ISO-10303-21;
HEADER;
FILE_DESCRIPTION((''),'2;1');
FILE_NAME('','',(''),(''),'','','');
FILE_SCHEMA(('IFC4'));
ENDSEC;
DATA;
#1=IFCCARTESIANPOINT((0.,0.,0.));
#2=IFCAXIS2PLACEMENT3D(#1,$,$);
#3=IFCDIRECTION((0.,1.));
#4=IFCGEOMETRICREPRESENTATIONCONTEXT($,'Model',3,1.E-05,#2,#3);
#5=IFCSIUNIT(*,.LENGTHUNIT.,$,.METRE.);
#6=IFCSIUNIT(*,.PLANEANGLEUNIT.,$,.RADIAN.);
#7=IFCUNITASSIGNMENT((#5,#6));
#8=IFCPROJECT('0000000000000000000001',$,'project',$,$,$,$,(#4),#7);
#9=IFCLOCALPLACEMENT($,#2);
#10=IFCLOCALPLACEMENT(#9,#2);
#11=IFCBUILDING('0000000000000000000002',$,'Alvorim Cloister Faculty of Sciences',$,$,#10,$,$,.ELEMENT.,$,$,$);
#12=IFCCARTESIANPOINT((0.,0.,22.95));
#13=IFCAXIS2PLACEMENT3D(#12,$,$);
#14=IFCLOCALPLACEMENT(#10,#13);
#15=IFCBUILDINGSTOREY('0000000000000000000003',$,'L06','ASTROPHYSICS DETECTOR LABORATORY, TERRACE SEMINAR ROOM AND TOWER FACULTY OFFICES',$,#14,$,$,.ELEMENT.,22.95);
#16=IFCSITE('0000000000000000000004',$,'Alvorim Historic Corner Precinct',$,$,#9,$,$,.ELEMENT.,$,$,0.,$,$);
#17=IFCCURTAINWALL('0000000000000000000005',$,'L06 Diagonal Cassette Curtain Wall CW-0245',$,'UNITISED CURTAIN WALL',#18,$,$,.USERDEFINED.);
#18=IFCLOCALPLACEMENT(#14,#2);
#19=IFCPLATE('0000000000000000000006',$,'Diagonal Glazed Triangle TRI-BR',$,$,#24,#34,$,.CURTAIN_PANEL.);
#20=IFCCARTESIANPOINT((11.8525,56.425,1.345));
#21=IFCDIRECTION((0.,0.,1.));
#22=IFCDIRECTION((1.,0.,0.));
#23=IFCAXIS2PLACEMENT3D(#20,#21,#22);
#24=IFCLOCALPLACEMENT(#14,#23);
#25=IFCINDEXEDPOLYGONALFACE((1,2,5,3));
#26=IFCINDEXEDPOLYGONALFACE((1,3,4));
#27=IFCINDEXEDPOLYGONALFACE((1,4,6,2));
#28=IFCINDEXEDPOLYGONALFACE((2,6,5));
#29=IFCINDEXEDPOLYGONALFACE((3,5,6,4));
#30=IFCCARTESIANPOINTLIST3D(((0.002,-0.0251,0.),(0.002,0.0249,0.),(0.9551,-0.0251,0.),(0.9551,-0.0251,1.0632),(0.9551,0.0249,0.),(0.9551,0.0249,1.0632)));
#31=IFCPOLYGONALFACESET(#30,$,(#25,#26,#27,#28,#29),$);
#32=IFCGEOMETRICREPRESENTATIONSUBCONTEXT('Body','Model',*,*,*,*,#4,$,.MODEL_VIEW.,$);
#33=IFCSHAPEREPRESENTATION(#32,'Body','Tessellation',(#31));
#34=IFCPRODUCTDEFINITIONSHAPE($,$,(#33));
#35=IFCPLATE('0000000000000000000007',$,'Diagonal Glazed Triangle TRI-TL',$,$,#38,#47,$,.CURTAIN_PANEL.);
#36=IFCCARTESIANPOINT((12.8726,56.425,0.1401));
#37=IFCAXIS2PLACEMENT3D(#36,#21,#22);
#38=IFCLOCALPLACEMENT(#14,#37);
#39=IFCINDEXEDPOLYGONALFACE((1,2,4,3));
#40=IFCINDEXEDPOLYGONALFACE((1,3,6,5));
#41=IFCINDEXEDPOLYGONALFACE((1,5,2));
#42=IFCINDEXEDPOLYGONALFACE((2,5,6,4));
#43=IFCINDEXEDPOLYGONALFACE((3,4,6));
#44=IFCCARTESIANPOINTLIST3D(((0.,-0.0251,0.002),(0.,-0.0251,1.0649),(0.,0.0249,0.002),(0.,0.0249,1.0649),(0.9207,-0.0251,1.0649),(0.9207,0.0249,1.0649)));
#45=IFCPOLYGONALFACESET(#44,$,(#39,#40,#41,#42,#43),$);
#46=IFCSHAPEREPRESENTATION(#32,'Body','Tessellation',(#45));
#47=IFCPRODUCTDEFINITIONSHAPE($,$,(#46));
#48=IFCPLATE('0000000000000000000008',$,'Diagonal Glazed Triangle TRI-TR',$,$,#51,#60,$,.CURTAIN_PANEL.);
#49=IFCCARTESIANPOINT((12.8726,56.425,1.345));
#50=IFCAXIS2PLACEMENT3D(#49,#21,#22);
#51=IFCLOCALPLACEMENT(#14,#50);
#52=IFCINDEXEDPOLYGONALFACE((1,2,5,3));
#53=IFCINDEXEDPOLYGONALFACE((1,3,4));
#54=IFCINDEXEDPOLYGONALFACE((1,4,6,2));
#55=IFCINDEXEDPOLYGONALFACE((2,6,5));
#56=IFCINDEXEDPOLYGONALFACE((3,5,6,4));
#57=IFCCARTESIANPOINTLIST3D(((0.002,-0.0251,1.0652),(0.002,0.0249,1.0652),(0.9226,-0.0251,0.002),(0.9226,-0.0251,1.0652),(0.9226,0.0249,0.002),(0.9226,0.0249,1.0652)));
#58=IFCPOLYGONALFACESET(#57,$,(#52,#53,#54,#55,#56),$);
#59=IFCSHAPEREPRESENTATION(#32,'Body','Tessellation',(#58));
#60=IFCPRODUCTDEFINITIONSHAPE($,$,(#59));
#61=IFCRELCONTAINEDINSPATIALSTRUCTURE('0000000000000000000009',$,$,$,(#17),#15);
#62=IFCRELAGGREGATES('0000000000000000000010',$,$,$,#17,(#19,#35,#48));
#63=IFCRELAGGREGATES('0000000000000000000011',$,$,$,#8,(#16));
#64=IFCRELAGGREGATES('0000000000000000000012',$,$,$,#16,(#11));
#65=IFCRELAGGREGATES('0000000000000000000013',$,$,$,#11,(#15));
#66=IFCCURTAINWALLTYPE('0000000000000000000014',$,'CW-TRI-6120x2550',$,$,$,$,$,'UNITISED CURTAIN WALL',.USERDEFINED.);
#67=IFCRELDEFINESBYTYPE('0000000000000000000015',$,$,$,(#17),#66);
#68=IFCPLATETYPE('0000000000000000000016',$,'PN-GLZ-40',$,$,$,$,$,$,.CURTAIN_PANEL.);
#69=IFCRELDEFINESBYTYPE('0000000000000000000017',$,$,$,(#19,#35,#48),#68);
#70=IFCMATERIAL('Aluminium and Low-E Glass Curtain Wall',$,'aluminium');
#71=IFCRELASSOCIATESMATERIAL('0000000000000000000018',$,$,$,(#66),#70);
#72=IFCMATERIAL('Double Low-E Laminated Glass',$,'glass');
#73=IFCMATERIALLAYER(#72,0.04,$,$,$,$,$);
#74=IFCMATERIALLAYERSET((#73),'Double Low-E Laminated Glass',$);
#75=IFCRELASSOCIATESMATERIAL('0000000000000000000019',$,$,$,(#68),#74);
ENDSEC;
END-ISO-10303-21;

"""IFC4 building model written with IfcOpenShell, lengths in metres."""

from ifc_helpers import new_model, si_unit, direction, frame, origin, place, context, subcontext, project, spatial, polyline, outline, extrude, material, layer, layer_set, type_object, element, aggregate, save


model = new_model("IFC4")

# Units and contexts
model_context = context("Model", 3, precision=1e-05, world=origin(), true_north=direction((0.0, 1.0)))
body_context = subcontext(model_context, "Body", "Model", "MODEL_VIEW")
ifc_project = project(units=[si_unit("LENGTHUNIT", "METRE"), si_unit("PLANEANGLEUNIT", "RADIAN")], contexts=[model_context])

# Site, building, storey
site_placement = place(None, origin())
site = spatial("IfcSite", under=ifc_project, at=site_placement, Name="Alvorim Historic Corner Precinct", CompositionType="ELEMENT", RefElevation=0.0)
building_placement = place(site_placement, origin())
building = spatial("IfcBuilding", under=site, at=building_placement, Name="Alvorim Cloister Faculty of Sciences", CompositionType="ELEMENT")
storey_placement = place(building_placement, frame((0.0, 0.0, 22.95)))
storey = spatial("IfcBuildingStorey", under=building, at=storey_placement, Name="L06", Description="ASTROPHYSICS DETECTOR LABORATORY, TERRACE SEMINAR ROOM AND TOWER FACULTY OFFICES", CompositionType="ELEMENT", Elevation=22.95)

# Curtain wall
ifc_material_1 = material(Name="Aluminium and Low-E Glass Curtain Wall", Category="aluminium")
curtain_wall_type = type_object("IfcCurtainWallType", Name="CW-TRI-6120x2550", ElementType="UNITISED CURTAIN WALL", PredefinedType="USERDEFINED", material=ifc_material_1)
curtain_wall_1_placement = place(storey_placement, origin())
curtain_wall_1 = element("IfcCurtainWall", 1, at=curtain_wall_1_placement, inside=storey, type_object=curtain_wall_type, Name="L06 Diagonal Cassette Curtain Wall CW-0245", ObjectType="UNITISED CURTAIN WALL", PredefinedType="USERDEFINED")

# Plates
ifc_material_2 = material(Name="Double Low-E Laminated Glass", Category="glass")
ifc_layer_1 = layer(ifc_material_2, 0.04)
ifc_layer_set_1 = layer_set([ifc_layer_1], Name="Double Low-E Laminated Glass")
plate_type = type_object("IfcPlateType", Name="PN-GLZ-40", PredefinedType="CURTAIN_PANEL", material=ifc_layer_set_1)
plate_1_placement = place(storey_placement, frame((11.8525, 56.425, 1.345), z_axis=(0.0, 0.0, 1.0), x_axis=(1.0, 0.0, 0.0)))
plate_1 = element("IfcPlate", 2, at=plate_1_placement, type_object=plate_type, Name="Diagonal Glazed Triangle TRI-BR", PredefinedType="CURTAIN_PANEL", context=body_context, shape_type="SweptSolid", body=[
    extrude(outline(polyline([(0.002, 0.0), (0.9551, 0.0), (0.9551, 1.0632), (0.002, 0.0)])), frame((0.0, 0.0249, 0.0), z_axis=(0.0, -1.0, 0.0), x_axis=(1.0, 0.0, 0.0)), (0.0, 0.0, 1.0), 0.05),
])
plate_2_placement = place(storey_placement, frame((12.8726, 56.425, 0.1401), z_axis=(0.0, 0.0, 1.0), x_axis=(1.0, 0.0, 0.0)))
plate_2 = element("IfcPlate", 3, at=plate_2_placement, type_object=plate_type, Name="Diagonal Glazed Triangle TRI-TL", PredefinedType="CURTAIN_PANEL", context=body_context, shape_type="SweptSolid", body=[
    extrude(outline(polyline([(0.9207, 1.0649), (0.0, 1.0649), (0.0, 0.002), (0.9207, 1.0649)])), frame((0.0, 0.0249, 0.0), z_axis=(0.0, -1.0, 0.0), x_axis=(1.0, 0.0, 0.0)), (0.0, 0.0, 1.0), 0.05),
])
plate_3_placement = place(storey_placement, frame((12.8726, 56.425, 1.345), z_axis=(0.0, 0.0, 1.0), x_axis=(1.0, 0.0, 0.0)))
plate_3 = element("IfcPlate", 4, at=plate_3_placement, type_object=plate_type, Name="Diagonal Glazed Triangle TRI-TR", PredefinedType="CURTAIN_PANEL", context=body_context, shape_type="SweptSolid", body=[
    extrude(outline(polyline([(0.9226, 0.002), (0.9226, 1.0652), (0.002, 1.0652), (0.9226, 0.002)])), frame((0.0, 0.0249, 0.0), z_axis=(0.0, -1.0, 0.0), x_axis=(1.0, 0.0, 0.0)), (0.0, 0.0, 1.0), 0.05),
])
aggregate(curtain_wall_1, [plate_1, plate_2, plate_3])

save(model, "model.ifc")
